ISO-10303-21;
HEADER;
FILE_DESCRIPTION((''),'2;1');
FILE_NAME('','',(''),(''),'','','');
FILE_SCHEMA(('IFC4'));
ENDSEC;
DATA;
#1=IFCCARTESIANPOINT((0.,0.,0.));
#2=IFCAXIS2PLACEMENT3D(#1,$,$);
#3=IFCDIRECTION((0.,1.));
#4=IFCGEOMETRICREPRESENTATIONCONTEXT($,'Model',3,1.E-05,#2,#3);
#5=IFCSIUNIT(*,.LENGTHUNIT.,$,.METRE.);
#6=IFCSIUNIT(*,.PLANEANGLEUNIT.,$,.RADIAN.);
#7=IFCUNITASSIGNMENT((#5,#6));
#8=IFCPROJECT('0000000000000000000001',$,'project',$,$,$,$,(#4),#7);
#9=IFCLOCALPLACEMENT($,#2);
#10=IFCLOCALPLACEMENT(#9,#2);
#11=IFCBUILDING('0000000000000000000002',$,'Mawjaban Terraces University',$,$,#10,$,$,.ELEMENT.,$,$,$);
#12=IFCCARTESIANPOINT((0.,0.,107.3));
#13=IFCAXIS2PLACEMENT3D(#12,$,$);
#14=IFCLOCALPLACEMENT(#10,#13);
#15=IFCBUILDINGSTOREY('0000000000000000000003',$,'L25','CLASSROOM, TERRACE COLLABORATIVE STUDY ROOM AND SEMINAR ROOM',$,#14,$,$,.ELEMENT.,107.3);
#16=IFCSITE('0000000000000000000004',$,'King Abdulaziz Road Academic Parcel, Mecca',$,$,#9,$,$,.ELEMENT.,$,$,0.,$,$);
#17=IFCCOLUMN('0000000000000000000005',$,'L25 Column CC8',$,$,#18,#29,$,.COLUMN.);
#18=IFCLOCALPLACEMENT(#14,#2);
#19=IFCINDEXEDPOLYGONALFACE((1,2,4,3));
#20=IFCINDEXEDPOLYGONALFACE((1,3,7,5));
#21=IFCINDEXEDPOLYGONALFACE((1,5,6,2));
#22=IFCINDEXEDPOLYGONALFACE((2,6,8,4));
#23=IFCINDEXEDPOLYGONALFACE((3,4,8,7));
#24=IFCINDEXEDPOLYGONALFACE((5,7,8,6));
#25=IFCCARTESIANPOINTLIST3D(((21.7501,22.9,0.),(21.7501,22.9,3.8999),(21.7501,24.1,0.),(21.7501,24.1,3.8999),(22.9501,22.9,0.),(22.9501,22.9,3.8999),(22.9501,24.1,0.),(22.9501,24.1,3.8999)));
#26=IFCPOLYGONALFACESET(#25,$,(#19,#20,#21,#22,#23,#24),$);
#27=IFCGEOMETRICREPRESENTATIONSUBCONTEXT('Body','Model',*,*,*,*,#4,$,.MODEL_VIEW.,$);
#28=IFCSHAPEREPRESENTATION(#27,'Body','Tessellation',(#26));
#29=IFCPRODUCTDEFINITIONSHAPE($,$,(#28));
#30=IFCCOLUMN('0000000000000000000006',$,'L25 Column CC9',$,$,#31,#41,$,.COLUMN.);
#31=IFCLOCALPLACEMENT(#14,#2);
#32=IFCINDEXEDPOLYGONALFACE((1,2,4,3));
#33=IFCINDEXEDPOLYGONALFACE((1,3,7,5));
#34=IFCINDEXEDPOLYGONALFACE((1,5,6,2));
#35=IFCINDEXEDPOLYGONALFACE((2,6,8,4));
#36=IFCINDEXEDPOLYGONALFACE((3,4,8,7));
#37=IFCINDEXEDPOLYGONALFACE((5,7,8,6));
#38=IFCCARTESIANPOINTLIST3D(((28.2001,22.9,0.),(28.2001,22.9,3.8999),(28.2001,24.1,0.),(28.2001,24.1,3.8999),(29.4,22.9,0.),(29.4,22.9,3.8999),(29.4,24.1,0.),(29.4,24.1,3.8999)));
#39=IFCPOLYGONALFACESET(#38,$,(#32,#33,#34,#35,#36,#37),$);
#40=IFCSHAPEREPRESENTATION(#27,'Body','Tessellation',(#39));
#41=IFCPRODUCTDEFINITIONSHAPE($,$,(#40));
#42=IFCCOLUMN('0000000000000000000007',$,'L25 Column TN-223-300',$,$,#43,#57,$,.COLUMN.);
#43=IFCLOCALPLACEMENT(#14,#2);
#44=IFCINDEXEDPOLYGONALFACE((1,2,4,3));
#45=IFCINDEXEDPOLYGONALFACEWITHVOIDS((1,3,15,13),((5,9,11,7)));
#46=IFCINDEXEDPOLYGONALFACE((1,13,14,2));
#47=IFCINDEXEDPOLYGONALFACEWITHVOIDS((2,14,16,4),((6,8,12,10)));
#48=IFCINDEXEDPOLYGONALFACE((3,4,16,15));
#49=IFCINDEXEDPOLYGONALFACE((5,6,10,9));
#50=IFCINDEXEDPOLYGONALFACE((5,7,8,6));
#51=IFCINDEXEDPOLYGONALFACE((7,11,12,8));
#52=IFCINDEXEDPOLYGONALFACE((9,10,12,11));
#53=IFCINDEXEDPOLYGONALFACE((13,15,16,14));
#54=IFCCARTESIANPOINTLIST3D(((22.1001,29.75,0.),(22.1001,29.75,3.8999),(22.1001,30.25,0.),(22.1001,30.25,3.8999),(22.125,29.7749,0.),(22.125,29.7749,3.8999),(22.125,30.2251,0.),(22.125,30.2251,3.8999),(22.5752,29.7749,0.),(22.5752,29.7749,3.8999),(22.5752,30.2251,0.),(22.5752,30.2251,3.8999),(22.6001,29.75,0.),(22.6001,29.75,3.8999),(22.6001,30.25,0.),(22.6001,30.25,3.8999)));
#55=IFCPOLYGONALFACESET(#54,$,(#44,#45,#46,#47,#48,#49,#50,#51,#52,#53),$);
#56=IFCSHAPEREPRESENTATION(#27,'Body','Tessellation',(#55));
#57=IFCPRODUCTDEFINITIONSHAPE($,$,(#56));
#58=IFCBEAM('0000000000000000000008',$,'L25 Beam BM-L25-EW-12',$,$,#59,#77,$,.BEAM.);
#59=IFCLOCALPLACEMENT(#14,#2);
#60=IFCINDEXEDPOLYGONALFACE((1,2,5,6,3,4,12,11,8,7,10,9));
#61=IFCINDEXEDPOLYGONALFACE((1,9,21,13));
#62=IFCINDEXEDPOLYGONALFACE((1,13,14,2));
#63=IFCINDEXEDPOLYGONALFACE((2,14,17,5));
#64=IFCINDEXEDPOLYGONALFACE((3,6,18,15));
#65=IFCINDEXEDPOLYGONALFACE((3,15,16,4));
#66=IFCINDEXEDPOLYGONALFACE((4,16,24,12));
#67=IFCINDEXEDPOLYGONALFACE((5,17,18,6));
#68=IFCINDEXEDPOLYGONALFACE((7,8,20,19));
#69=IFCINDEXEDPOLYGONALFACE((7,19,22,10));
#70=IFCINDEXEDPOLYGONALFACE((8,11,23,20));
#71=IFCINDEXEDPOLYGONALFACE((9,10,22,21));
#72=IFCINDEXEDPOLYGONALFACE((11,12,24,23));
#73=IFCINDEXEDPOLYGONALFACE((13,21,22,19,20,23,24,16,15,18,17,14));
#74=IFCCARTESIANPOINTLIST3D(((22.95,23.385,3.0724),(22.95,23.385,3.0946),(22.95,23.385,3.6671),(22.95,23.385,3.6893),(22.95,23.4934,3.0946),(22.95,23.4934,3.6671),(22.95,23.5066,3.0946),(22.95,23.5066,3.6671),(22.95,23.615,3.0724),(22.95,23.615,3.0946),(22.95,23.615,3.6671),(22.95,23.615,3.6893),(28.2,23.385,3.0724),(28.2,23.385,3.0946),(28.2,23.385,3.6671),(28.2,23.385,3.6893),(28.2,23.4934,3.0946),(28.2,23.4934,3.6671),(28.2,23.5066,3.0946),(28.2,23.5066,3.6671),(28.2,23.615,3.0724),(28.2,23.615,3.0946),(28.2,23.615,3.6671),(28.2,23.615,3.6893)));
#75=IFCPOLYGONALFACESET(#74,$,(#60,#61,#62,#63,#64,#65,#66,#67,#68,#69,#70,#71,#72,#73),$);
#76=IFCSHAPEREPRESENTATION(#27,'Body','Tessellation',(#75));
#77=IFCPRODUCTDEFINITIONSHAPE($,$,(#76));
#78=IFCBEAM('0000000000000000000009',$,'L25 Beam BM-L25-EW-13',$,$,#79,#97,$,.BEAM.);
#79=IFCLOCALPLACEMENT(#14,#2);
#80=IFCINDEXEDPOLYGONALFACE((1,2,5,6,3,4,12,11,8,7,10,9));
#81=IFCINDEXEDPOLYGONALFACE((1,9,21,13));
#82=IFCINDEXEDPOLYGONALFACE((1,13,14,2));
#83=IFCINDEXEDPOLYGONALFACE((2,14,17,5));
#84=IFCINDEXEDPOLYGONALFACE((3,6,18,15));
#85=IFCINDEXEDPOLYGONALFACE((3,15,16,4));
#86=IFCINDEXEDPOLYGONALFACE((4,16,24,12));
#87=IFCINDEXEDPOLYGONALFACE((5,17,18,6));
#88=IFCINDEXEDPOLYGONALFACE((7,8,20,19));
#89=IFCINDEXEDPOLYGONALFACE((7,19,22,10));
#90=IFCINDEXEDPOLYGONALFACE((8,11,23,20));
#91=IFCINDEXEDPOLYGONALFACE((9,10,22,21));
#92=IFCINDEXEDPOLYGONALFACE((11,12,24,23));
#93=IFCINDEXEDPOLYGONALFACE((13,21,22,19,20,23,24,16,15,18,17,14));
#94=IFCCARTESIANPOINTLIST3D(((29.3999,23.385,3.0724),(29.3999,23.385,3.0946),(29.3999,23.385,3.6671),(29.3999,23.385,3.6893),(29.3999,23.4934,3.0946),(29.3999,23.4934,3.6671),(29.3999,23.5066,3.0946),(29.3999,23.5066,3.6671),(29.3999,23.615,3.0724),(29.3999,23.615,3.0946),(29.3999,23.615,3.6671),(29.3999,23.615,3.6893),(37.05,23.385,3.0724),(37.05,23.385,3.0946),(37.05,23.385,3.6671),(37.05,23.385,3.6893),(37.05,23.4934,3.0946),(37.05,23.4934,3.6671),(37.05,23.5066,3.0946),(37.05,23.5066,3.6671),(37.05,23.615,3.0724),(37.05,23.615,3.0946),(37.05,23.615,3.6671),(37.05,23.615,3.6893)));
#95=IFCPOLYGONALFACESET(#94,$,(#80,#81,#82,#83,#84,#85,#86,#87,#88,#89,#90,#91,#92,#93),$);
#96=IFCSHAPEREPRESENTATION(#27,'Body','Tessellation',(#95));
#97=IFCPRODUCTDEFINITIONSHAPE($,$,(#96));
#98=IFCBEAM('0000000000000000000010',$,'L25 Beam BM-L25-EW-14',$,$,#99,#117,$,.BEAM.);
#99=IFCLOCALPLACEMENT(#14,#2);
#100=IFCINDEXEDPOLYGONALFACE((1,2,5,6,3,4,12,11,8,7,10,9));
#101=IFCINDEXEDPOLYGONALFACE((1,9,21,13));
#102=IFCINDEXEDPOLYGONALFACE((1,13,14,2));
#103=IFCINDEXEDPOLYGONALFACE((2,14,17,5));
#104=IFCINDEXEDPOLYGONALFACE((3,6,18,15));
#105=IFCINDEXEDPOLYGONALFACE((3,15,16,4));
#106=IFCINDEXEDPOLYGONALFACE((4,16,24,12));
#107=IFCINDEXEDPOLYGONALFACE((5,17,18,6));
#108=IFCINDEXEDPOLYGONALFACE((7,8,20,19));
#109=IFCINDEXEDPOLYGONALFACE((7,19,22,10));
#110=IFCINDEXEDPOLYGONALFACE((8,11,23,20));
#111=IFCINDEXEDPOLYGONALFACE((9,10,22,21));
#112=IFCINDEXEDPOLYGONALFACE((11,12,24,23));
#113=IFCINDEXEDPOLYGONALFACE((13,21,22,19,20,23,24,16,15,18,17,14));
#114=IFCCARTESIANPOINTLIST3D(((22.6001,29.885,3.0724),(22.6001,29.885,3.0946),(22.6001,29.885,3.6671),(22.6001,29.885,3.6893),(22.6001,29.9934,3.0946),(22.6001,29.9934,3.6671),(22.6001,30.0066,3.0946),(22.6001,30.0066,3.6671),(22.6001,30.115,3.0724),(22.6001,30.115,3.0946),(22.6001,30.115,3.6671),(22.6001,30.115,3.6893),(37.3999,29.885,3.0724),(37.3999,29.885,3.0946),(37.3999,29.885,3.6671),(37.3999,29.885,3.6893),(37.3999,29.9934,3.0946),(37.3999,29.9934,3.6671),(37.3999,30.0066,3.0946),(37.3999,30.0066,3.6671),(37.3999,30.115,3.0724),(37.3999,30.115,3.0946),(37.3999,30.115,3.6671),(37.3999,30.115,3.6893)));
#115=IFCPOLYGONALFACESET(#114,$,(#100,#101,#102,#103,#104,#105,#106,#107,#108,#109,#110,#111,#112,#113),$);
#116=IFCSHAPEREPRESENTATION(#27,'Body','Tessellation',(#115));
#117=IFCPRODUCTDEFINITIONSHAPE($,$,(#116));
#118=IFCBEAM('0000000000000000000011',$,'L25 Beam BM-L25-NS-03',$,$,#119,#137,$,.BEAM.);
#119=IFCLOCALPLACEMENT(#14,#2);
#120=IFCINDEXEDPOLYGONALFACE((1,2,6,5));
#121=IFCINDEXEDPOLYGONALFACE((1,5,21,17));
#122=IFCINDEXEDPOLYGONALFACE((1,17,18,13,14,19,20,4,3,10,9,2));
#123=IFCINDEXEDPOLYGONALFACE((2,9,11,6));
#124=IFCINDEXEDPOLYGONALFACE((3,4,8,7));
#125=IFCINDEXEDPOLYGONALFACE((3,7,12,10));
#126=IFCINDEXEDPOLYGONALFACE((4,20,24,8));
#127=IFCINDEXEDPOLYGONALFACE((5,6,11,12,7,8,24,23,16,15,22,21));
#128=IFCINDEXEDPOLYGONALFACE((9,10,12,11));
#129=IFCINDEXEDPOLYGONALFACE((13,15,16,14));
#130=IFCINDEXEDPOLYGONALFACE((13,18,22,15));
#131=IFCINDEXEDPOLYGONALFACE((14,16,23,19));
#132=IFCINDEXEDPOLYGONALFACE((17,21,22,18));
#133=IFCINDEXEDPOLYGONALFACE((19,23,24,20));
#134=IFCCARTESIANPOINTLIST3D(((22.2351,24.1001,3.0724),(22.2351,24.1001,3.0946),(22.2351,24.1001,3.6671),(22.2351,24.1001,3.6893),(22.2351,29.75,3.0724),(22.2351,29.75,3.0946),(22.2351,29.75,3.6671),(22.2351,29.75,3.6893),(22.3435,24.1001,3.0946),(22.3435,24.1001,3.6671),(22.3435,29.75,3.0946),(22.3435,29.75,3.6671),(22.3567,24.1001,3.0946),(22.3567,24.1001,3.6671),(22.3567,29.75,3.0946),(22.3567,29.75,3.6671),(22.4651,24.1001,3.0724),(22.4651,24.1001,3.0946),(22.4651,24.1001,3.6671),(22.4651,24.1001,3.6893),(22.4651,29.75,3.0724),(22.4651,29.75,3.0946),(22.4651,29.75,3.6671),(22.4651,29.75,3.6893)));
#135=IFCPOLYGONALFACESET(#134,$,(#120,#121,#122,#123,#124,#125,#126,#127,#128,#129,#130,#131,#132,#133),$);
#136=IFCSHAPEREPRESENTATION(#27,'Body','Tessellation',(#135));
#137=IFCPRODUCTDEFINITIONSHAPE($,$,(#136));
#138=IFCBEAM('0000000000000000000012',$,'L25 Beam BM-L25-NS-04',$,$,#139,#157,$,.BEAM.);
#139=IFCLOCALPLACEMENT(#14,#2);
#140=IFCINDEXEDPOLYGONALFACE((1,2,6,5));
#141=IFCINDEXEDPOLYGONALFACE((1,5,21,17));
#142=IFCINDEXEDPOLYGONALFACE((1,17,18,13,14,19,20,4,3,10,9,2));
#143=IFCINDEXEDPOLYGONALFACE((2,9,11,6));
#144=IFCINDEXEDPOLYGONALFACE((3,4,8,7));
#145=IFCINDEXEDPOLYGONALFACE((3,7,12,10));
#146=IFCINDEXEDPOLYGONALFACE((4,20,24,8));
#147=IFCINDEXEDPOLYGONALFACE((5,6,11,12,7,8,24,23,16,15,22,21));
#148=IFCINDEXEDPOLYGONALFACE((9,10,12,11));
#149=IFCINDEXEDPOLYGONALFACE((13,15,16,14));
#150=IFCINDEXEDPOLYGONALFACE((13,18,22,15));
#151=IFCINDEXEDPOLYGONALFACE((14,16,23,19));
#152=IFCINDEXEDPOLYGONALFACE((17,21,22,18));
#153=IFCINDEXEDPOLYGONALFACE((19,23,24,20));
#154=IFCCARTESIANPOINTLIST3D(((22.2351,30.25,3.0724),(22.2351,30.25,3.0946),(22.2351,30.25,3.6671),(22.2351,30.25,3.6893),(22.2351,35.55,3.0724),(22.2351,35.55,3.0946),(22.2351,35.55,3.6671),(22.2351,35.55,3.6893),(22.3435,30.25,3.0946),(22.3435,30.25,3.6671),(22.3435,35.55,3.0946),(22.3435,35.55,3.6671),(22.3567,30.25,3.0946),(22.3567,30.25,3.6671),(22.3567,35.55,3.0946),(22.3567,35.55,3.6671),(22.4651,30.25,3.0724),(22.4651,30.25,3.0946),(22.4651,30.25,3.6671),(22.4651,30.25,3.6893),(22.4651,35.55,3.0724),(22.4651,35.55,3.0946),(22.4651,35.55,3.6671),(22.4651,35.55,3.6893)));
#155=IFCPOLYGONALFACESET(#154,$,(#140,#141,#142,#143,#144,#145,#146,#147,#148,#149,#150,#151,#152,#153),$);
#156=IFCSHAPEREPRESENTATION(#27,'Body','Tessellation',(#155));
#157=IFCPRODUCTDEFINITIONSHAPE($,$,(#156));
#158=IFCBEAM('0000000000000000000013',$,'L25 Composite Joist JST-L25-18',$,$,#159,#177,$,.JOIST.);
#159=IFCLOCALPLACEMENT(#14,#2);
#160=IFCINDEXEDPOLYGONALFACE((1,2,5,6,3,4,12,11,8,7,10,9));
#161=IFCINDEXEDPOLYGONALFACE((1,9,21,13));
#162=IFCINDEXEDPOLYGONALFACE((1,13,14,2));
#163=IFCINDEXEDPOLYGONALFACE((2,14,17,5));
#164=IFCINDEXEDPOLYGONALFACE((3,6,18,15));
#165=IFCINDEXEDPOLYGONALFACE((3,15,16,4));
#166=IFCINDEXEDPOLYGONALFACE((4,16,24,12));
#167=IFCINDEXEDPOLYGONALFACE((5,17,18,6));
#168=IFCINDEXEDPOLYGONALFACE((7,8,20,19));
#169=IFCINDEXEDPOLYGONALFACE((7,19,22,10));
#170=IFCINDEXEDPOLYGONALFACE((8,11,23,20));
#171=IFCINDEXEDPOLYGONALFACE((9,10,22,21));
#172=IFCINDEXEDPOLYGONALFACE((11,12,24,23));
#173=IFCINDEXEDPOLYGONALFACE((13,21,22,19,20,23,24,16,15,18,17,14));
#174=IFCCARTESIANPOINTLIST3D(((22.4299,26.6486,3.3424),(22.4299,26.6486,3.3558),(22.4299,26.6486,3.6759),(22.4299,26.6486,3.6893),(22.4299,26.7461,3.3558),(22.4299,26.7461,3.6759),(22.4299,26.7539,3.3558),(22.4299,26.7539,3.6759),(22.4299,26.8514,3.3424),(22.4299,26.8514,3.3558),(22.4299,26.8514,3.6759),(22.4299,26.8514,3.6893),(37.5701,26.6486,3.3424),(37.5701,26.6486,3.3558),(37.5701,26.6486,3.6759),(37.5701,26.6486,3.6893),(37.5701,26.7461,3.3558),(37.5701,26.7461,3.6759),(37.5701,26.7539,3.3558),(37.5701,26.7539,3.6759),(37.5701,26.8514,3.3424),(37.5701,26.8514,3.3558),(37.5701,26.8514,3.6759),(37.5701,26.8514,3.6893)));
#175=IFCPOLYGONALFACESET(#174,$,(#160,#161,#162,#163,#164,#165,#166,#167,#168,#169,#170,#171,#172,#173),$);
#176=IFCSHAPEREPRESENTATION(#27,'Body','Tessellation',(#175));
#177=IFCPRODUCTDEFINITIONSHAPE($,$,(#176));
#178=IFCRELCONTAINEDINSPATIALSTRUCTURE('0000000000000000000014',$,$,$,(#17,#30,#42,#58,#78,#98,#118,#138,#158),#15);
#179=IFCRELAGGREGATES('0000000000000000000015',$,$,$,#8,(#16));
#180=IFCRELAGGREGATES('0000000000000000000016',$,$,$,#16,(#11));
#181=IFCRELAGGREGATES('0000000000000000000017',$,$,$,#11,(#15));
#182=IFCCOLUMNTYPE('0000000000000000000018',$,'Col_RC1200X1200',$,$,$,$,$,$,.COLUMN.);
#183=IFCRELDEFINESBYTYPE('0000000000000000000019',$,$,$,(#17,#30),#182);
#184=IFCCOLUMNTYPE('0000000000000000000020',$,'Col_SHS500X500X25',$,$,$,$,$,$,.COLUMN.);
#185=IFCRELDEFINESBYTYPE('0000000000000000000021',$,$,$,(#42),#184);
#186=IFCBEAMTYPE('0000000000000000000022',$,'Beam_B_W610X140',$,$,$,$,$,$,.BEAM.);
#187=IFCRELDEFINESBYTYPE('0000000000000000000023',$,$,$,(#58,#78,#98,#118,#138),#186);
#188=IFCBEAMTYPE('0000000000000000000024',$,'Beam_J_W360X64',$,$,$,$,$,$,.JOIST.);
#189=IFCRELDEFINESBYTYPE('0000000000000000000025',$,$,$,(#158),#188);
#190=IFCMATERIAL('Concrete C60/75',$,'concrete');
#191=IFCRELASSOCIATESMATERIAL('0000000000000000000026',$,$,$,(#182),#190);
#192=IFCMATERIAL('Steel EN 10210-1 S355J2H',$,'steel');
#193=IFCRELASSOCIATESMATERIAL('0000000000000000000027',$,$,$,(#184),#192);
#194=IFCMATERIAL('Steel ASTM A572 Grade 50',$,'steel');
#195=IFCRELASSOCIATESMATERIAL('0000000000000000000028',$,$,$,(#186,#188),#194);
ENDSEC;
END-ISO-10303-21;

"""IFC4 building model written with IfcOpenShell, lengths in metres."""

from ifc_helpers import new_model, si_unit, direction, frame, origin, origin_2d, place, context, subcontext, project, spatial, rectangle, hollow_rectangle, i_section, extrude, material, material_profile, profile_set, type_object, element, save


model = new_model("IFC4")

# Units and contexts
model_context = context("Model", 3, precision=1e-05, world=origin(), true_north=direction((0.0, 1.0)))
body_context = subcontext(model_context, "Body", "Model", "MODEL_VIEW")
ifc_project = project(units=[si_unit("LENGTHUNIT", "METRE"), si_unit("PLANEANGLEUNIT", "RADIAN")], contexts=[model_context])

# Site, building, storey
site_placement = place(None, origin())
site = spatial("IfcSite", under=ifc_project, at=site_placement, Name="King Abdulaziz Road Academic Parcel, Mecca", CompositionType="ELEMENT", RefElevation=0.0)
building_placement = place(site_placement, origin())
building = spatial("IfcBuilding", under=site, at=building_placement, Name="Mawjaban Terraces University", CompositionType="ELEMENT")
storey_placement = place(building_placement, frame((0.0, 0.0, 107.3)))
storey = spatial("IfcBuildingStorey", under=building, at=storey_placement, Name="L25", Description="CLASSROOM, TERRACE COLLABORATIVE STUDY ROOM AND SEMINAR ROOM", CompositionType="ELEMENT", Elevation=107.3)

# Columns
ifc_material_1 = material(Name="Concrete C60/75", Category="concrete")
ifc_material_profile_1 = material_profile(ifc_material_1, rectangle(XDim=1.2, YDim=1.2, at=origin_2d()), Name="RC1200X1200")
ifc_profile_set_1 = profile_set([ifc_material_profile_1], Name="Concrete C60/75")
column_type_1 = type_object("IfcColumnType", Name="Col_RC1200X1200", PredefinedType="COLUMN", material=ifc_profile_set_1)
for number, where, z_axis, x_axis, name in (
    (1, (22.3501, 23.5, 0.0), (0.0, 0.0, 1.0), (1.0, 0.0, 0.0), "L25 Column CC8"),
    (2, (28.8, 23.5, 0.0), (0.0, 0.0, 1.0), (1.0, 0.0, 0.0), "L25 Column CC9"),
):
    element("IfcColumn", number, at=place(storey_placement, frame(where, z_axis=z_axis, x_axis=x_axis)), inside=storey, type_object=column_type_1, Name=name, PredefinedType="COLUMN", context=body_context, shape_type="SweptSolid", body=[
        extrude(rectangle(XDim=1.2, YDim=1.2, at=origin_2d()), origin(), (0.0, 0.0, 1.0), 3.8999),
    ])
ifc_material_2 = material(Name="Steel EN 10210-1 S355J2H", Category="steel")
ifc_material_profile_2 = material_profile(ifc_material_2, hollow_rectangle(XDim=0.5, YDim=0.5, WallThickness=0.0249, at=origin_2d()), Name="SHS500X500X25")
ifc_profile_set_2 = profile_set([ifc_material_profile_2], Name="Steel EN 10210-1 S355J2H")
column_type_2 = type_object("IfcColumnType", Name="Col_SHS500X500X25", PredefinedType="COLUMN", material=ifc_profile_set_2)
column_placement = place(storey_placement, frame((22.3501, 30.0, 0.0), z_axis=(0.0, 0.0, 1.0), x_axis=(1.0, 0.0, 0.0)))
element("IfcColumn", 3, at=column_placement, inside=storey, type_object=column_type_2, Name="L25 Column TN-223-300", PredefinedType="COLUMN", context=body_context, shape_type="SweptSolid", body=[
    extrude(hollow_rectangle(XDim=0.5, YDim=0.5, WallThickness=0.0249, at=origin_2d()), origin(), (0.0, 0.0, 1.0), 3.8999),
])

# Beams
ifc_material_3 = material(Name="Steel ASTM A572 Grade 50", Category="steel")
ifc_material_profile_3 = material_profile(ifc_material_3, i_section(OverallWidth=0.23, OverallDepth=0.6169, WebThickness=0.0132, FlangeThickness=0.0222, at=origin_2d()), Name="W610X140")
ifc_profile_set_3 = profile_set([ifc_material_profile_3], Name="Steel ASTM A572 Grade 50")
beam_type_1 = type_object("IfcBeamType", Name="Beam_B_W610X140", PredefinedType="BEAM", material=ifc_profile_set_3)
beam_1_placement = place(storey_placement, frame((22.95, 23.5, 3.3809), z_axis=(1.0, 0.0, 0.0), x_axis=(0.0, 1.0, 0.0)))
element("IfcBeam", 4, at=beam_1_placement, inside=storey, type_object=beam_type_1, Name="L25 Beam BM-L25-EW-12", PredefinedType="BEAM", context=body_context, shape_type="SweptSolid", body=[
    extrude(i_section(OverallWidth=0.23, OverallDepth=0.6169, WebThickness=0.0132, FlangeThickness=0.0222, at=origin_2d()), origin(), (0.0, 0.0, 1.0), 5.25),
])
beam_2_placement = place(storey_placement, frame((29.3999, 23.5, 3.3809), z_axis=(1.0, 0.0, 0.0), x_axis=(0.0, 1.0, 0.0)))
element("IfcBeam", 5, at=beam_2_placement, inside=storey, type_object=beam_type_1, Name="L25 Beam BM-L25-EW-13", PredefinedType="BEAM", context=body_context, shape_type="SweptSolid", body=[
    extrude(i_section(OverallWidth=0.23, OverallDepth=0.6169, WebThickness=0.0132, FlangeThickness=0.0222, at=origin_2d()), origin(), (0.0, 0.0, 1.0), 7.6501),
])
beam_3_placement = place(storey_placement, frame((22.6001, 30.0, 3.3809), z_axis=(1.0, 0.0, 0.0), x_axis=(0.0, 1.0, 0.0)))
element("IfcBeam", 6, at=beam_3_placement, inside=storey, type_object=beam_type_1, Name="L25 Beam BM-L25-EW-14", PredefinedType="BEAM", context=body_context, shape_type="SweptSolid", body=[
    extrude(i_section(OverallWidth=0.23, OverallDepth=0.6169, WebThickness=0.0132, FlangeThickness=0.0222, at=origin_2d()), origin(), (0.0, 0.0, 1.0), 14.7998),
])
beam_4_placement = place(storey_placement, frame((22.3501, 24.1001, 3.3809), z_axis=(0.0, 1.0, 0.0), x_axis=(-1.0, 0.0, 0.0)))
element("IfcBeam", 7, at=beam_4_placement, inside=storey, type_object=beam_type_1, Name="L25 Beam BM-L25-NS-03", PredefinedType="BEAM", context=body_context, shape_type="SweptSolid", body=[
    extrude(i_section(OverallWidth=0.23, OverallDepth=0.6169, WebThickness=0.0132, FlangeThickness=0.0222, at=origin_2d()), origin(), (0.0, 0.0, 1.0), 5.6499),
])
beam_5_placement = place(storey_placement, frame((22.3501, 30.25, 3.3809), z_axis=(0.0, 1.0, 0.0), x_axis=(-1.0, 0.0, 0.0)))
element("IfcBeam", 8, at=beam_5_placement, inside=storey, type_object=beam_type_1, Name="L25 Beam BM-L25-NS-04", PredefinedType="BEAM", context=body_context, shape_type="SweptSolid", body=[
    extrude(i_section(OverallWidth=0.23, OverallDepth=0.6169, WebThickness=0.0132, FlangeThickness=0.0222, at=origin_2d()), origin(), (0.0, 0.0, 1.0), 5.3),
])
ifc_material_profile_4 = material_profile(ifc_material_3, i_section(OverallWidth=0.2029, OverallDepth=0.3469, WebThickness=0.0078, FlangeThickness=0.0134, at=origin_2d()), Name="W360X64")
ifc_profile_set_4 = profile_set([ifc_material_profile_4], Name="Steel ASTM A572 Grade 50")
beam_type_2 = type_object("IfcBeamType", Name="Beam_J_W360X64", PredefinedType="JOIST", material=ifc_profile_set_4)
for number, where, z_axis, x_axis, name in (
    (9, (22.4299, 26.75, 3.5159), (1.0, 0.0, 0.0), (0.0, 1.0, 0.0), "L25 Composite Joist JST-L25-18"),
):
    element("IfcBeam", number, at=place(storey_placement, frame(where, z_axis=z_axis, x_axis=x_axis)), inside=storey, type_object=beam_type_2, Name=name, PredefinedType="JOIST", context=body_context, shape_type="SweptSolid", body=[
        extrude(i_section(OverallWidth=0.2029, OverallDepth=0.3469, WebThickness=0.0078, FlangeThickness=0.0134, at=origin_2d()), origin(), (0.0, 0.0, 1.0), 15.1401),
    ])

save(model, "model.ifc")
